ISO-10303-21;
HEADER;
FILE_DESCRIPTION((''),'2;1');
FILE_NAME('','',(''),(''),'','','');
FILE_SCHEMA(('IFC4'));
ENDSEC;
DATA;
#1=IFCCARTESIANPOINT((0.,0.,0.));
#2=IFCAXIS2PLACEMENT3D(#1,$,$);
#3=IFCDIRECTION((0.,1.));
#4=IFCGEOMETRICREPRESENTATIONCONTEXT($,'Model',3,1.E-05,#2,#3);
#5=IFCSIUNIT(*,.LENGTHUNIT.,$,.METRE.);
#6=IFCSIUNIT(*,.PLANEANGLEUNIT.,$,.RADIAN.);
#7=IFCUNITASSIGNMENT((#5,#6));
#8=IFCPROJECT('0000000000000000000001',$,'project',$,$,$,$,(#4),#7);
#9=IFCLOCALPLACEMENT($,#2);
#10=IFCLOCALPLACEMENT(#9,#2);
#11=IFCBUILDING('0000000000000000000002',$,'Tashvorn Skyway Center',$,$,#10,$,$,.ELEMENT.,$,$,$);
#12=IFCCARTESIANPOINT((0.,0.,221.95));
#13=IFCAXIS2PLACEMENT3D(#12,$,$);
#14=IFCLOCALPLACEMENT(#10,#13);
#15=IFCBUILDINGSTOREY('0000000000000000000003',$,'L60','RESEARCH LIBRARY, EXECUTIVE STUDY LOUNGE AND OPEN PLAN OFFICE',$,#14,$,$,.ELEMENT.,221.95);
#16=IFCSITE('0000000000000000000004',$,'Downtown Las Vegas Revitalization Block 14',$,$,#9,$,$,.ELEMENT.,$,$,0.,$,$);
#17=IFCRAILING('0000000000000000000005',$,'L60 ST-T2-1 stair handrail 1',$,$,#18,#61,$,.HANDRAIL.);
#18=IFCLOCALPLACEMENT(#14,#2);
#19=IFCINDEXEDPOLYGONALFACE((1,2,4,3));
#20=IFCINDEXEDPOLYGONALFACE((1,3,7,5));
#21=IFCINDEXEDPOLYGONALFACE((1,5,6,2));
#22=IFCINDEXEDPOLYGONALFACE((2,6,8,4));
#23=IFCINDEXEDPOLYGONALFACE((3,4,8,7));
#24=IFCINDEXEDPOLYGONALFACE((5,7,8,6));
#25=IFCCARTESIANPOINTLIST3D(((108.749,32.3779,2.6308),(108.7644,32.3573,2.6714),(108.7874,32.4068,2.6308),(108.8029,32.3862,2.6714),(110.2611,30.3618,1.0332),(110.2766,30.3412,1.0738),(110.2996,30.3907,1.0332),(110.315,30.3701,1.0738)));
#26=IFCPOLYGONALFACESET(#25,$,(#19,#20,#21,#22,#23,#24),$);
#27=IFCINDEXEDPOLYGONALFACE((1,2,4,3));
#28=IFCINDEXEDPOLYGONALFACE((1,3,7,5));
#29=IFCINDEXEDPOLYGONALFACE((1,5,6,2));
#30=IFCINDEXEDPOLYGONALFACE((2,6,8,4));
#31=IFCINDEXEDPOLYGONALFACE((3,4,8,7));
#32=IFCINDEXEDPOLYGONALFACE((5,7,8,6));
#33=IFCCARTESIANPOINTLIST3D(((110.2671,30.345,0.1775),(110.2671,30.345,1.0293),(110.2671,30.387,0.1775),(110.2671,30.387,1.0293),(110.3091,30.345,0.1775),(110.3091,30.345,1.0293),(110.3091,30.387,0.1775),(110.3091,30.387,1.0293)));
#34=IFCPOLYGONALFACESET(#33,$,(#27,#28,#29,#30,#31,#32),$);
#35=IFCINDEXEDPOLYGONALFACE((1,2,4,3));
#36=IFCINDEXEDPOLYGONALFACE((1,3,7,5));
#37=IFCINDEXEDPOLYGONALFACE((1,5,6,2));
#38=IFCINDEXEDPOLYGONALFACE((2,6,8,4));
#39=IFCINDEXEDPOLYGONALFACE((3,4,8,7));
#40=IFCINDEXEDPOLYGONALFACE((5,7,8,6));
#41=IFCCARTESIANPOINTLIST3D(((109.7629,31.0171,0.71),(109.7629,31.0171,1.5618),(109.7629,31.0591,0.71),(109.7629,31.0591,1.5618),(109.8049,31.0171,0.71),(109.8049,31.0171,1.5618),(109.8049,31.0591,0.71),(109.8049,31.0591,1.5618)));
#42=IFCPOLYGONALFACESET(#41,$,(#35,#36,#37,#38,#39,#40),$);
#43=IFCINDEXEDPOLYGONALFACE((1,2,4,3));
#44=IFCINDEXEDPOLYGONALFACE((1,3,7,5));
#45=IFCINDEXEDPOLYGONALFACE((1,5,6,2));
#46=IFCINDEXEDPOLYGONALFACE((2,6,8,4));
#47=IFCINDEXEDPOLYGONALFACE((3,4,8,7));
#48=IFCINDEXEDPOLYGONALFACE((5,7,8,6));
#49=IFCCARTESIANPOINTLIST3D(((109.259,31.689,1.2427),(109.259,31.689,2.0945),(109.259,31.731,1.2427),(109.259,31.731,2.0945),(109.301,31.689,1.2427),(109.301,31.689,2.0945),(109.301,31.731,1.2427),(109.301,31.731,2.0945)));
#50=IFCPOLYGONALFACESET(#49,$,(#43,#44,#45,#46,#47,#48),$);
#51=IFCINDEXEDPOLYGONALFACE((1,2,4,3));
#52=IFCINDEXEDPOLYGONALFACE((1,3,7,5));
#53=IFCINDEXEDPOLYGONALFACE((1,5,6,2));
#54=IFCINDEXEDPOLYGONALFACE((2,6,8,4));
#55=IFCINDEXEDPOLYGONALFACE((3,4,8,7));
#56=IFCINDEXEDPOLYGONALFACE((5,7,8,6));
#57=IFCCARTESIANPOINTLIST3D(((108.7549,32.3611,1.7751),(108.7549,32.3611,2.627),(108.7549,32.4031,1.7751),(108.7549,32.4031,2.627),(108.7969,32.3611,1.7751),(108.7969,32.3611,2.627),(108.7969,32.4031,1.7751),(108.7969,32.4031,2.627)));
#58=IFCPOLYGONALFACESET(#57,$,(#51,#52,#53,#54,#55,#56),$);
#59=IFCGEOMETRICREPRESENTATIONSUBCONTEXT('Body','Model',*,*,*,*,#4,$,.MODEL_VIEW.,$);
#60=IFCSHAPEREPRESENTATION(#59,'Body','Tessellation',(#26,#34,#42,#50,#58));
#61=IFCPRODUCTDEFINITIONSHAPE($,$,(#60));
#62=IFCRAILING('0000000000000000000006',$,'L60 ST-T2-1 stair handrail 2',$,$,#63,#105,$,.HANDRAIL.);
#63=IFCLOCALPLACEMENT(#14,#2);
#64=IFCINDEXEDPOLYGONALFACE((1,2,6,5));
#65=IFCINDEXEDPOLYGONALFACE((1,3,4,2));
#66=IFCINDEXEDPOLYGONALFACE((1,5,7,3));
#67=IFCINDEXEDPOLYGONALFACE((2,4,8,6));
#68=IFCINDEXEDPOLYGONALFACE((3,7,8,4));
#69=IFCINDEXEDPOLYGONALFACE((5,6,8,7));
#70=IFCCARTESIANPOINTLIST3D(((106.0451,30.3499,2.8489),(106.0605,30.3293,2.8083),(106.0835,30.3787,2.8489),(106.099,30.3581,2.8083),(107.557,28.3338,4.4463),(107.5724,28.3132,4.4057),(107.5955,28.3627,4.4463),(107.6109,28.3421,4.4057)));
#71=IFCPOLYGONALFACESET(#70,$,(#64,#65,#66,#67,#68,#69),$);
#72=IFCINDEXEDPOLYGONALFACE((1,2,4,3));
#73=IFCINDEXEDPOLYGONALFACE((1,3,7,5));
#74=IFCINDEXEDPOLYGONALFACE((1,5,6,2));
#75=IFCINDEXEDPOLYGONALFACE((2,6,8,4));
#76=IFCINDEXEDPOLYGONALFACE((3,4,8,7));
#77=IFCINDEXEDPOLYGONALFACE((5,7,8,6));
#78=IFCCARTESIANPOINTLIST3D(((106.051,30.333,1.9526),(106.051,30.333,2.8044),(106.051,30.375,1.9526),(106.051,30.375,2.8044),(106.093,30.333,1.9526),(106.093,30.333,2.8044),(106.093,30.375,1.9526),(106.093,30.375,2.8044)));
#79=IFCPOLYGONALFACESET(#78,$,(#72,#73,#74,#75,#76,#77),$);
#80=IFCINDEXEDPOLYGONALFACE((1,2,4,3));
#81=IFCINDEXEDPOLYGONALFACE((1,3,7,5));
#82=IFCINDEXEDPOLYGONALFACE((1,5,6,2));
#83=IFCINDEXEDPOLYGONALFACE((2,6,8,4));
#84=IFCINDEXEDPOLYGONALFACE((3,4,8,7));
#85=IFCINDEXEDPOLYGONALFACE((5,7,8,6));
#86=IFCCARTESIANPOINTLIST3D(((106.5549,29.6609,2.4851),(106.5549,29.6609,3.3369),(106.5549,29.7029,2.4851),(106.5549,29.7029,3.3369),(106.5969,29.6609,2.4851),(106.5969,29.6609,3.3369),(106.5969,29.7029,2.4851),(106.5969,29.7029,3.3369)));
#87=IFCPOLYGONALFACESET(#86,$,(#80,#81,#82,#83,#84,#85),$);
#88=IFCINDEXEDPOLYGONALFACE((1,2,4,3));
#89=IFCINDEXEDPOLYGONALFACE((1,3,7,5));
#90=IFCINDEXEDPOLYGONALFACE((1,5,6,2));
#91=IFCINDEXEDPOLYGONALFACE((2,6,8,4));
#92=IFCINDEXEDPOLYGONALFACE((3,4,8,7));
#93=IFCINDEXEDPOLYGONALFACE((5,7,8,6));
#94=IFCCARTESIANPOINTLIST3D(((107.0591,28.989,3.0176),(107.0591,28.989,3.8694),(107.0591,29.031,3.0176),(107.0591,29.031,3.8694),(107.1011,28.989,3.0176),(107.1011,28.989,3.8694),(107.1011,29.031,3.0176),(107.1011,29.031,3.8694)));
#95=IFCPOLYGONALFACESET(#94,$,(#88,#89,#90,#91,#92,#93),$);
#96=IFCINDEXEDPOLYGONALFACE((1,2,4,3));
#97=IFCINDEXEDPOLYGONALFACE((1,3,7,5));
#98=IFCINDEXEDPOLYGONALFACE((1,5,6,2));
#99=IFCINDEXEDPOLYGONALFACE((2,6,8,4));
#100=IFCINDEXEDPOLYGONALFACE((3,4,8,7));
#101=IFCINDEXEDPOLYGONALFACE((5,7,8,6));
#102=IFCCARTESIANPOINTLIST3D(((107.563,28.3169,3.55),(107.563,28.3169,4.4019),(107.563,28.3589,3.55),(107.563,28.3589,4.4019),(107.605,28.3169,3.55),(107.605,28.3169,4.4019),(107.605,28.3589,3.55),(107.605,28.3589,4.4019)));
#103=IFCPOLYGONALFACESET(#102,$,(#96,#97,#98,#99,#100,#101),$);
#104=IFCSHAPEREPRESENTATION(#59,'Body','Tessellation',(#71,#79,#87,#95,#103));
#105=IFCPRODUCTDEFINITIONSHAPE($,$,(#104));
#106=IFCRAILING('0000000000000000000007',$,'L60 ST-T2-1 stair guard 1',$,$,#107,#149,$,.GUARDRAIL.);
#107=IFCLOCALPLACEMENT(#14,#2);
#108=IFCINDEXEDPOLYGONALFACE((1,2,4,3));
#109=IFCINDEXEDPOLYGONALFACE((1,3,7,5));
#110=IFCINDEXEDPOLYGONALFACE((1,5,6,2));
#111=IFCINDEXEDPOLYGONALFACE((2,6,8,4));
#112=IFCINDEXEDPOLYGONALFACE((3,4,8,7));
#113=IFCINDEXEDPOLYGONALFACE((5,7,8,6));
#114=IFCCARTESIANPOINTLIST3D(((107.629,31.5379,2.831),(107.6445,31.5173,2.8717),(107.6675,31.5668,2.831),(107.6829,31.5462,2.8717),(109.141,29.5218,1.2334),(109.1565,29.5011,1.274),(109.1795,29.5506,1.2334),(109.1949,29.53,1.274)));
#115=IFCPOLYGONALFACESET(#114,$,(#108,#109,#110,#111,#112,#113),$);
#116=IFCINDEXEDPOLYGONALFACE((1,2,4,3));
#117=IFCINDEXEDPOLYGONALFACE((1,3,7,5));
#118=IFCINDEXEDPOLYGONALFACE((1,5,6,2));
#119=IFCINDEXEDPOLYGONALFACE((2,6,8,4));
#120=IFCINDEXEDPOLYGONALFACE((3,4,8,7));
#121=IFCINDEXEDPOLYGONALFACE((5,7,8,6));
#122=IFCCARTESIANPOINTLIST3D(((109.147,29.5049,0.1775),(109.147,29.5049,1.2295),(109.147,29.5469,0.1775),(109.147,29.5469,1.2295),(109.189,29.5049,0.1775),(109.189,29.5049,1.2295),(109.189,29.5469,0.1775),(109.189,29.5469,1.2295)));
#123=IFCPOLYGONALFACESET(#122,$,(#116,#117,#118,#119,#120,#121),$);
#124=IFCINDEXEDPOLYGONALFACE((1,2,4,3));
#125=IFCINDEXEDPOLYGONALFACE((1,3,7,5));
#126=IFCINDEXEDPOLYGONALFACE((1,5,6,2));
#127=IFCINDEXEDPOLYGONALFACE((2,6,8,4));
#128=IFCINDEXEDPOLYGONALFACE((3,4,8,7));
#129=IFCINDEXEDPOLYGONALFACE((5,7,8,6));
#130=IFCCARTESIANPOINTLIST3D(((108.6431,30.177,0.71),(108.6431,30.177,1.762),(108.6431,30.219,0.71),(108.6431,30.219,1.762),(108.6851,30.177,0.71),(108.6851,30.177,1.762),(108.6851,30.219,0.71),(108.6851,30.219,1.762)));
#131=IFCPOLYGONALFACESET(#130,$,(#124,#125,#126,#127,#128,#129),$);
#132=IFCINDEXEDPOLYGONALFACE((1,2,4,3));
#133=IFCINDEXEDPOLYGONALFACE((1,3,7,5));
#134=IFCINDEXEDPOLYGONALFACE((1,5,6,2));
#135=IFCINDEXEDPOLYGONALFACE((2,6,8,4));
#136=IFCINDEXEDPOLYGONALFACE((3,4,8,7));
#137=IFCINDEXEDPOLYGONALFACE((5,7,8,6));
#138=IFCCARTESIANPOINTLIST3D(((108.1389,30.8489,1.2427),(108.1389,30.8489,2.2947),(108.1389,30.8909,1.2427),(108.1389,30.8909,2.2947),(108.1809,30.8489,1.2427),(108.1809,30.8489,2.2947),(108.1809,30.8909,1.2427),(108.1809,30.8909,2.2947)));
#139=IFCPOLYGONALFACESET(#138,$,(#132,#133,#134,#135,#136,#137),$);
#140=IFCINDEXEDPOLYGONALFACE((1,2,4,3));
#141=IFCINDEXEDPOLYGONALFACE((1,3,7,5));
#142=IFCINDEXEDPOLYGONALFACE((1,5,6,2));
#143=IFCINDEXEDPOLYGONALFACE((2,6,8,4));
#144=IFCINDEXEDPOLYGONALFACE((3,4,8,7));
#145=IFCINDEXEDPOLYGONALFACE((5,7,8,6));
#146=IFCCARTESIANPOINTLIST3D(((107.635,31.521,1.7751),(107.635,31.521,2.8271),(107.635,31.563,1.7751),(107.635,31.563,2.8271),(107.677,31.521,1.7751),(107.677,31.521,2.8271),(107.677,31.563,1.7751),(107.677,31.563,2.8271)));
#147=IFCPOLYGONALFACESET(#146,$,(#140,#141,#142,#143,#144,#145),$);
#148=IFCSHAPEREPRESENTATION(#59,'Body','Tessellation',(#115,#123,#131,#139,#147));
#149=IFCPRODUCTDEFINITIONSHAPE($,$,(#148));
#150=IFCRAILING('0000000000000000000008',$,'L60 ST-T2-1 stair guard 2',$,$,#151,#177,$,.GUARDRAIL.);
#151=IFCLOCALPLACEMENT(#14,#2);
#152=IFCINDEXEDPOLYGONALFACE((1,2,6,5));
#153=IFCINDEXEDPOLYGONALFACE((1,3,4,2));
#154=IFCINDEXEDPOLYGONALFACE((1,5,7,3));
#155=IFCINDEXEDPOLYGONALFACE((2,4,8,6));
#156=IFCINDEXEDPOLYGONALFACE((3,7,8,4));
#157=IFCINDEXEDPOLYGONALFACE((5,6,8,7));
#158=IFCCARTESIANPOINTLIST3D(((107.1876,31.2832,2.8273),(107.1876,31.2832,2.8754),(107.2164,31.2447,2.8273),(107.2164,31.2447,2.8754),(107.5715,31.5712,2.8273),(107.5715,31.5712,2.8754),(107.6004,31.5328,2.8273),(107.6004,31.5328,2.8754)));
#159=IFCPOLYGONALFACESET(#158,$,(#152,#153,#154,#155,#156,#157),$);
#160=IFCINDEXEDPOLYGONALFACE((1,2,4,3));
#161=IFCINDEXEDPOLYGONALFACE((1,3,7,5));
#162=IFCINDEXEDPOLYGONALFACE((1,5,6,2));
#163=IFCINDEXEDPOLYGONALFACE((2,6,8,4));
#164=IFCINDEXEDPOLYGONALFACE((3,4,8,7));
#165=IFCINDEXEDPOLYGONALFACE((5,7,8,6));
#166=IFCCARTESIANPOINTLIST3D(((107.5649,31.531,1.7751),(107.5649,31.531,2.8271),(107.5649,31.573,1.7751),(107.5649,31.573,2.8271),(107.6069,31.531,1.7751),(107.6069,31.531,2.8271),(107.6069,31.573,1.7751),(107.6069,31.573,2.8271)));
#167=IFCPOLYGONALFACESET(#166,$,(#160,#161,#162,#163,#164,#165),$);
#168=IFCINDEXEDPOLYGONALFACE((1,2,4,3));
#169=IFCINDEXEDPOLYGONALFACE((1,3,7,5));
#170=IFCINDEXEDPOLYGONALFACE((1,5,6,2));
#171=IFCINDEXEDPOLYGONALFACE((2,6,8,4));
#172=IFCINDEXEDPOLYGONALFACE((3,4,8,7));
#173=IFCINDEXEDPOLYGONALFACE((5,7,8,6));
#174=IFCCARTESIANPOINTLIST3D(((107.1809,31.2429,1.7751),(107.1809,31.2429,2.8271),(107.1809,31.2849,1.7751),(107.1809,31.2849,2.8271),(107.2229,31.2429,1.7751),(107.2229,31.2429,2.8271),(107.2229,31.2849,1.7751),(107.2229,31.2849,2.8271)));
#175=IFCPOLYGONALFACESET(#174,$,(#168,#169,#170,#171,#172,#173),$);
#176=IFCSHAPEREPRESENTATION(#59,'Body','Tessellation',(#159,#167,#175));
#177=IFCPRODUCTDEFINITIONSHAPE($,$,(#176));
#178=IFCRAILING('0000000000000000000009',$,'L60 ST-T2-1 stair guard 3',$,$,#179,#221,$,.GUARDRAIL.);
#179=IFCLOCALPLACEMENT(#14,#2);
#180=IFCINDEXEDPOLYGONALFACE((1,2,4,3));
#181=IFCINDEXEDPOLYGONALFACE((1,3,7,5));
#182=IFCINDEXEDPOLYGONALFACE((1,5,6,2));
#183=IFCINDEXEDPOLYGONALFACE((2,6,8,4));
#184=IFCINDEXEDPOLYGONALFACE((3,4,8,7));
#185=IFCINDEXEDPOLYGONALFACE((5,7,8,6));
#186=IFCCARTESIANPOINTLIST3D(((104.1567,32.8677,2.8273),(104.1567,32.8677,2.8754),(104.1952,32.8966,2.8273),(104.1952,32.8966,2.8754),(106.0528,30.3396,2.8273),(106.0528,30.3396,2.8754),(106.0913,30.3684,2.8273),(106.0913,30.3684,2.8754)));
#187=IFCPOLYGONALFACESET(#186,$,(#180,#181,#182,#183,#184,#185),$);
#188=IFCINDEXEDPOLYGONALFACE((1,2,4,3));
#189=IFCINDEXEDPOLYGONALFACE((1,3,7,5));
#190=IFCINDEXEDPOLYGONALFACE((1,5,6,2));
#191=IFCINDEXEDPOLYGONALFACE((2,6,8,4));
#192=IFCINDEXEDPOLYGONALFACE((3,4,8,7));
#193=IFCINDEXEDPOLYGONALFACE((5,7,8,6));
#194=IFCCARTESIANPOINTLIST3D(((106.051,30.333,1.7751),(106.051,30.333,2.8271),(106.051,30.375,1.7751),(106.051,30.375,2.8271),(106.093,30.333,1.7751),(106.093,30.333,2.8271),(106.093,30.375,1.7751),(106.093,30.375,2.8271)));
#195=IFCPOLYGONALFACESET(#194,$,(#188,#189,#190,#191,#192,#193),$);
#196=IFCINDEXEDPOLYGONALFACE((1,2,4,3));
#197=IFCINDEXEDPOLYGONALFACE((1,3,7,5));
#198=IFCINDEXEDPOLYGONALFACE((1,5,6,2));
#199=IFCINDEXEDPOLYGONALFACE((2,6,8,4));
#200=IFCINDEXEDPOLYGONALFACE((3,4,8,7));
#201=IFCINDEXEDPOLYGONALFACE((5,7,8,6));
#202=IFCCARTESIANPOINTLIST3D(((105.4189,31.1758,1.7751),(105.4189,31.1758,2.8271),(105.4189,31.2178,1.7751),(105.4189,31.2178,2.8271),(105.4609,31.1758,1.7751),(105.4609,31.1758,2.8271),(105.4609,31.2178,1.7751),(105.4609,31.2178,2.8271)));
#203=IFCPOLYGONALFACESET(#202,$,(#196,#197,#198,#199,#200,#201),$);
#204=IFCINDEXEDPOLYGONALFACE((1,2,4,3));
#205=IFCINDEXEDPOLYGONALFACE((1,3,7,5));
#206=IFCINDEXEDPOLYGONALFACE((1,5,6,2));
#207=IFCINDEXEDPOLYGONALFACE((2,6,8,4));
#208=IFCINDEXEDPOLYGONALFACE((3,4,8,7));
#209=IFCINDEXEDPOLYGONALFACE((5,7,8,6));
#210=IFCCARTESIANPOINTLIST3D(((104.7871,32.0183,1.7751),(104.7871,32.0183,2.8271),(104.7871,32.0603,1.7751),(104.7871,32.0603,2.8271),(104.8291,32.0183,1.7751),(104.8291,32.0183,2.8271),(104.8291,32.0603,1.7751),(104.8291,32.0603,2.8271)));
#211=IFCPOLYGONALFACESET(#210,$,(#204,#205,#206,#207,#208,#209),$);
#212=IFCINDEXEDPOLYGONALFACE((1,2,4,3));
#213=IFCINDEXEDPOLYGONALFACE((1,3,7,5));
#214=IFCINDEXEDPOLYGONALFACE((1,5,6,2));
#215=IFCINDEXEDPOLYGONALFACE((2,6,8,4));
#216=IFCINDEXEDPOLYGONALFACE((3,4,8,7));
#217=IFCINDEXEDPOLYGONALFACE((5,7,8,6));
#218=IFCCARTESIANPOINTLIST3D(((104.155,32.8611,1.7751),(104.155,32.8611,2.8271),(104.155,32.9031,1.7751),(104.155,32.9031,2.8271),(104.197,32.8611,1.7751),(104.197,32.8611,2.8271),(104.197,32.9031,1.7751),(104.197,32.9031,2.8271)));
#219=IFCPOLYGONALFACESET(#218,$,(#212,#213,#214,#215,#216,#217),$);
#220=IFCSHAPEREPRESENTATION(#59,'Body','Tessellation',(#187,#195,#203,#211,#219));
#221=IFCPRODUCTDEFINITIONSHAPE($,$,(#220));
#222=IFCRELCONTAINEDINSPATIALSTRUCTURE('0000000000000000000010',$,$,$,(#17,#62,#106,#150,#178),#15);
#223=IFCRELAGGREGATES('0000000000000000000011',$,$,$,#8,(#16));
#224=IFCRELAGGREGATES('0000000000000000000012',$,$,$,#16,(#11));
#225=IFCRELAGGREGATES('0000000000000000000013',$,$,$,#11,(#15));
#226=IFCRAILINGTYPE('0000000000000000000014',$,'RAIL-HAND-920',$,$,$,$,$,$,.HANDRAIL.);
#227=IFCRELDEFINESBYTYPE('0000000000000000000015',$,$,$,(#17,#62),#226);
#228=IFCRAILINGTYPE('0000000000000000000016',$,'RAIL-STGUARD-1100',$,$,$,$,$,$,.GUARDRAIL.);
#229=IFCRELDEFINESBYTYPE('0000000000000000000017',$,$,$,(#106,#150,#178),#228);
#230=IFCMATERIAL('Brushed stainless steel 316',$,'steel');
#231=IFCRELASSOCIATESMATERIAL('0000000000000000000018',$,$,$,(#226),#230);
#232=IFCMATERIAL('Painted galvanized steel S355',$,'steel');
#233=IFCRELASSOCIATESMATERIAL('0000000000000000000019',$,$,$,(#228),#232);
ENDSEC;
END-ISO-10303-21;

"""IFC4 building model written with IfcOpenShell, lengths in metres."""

from ifc_helpers import new_model, si_unit, direction, frame, origin, origin_2d, place, context, subcontext, project, spatial, rectangle, extrude, material, type_object, element, save


model = new_model("IFC4")

# Units and contexts
model_context = context("Model", 3, precision=1e-05, world=origin(), true_north=direction((0.0, 1.0)))
body_context = subcontext(model_context, "Body", "Model", "MODEL_VIEW")
ifc_project = project(units=[si_unit("LENGTHUNIT", "METRE"), si_unit("PLANEANGLEUNIT", "RADIAN")], contexts=[model_context])

# Site, building, storey
site_placement = place(None, origin())
site = spatial("IfcSite", under=ifc_project, at=site_placement, Name="Downtown Las Vegas Revitalization Block 14", CompositionType="ELEMENT", RefElevation=0.0)
building_placement = place(site_placement, origin())
building = spatial("IfcBuilding", under=site, at=building_placement, Name="Tashvorn Skyway Center", CompositionType="ELEMENT")
storey_placement = place(building_placement, frame((0.0, 0.0, 221.95)))
storey = spatial("IfcBuildingStorey", under=building, at=storey_placement, Name="L60", Description="RESEARCH LIBRARY, EXECUTIVE STUDY LOUNGE AND OPEN PLAN OFFICE", CompositionType="ELEMENT", Elevation=221.95)

# Railings
ifc_material_1 = material(Name="Brushed stainless steel 316", Category="steel")
railing_type_1 = type_object("IfcRailingType", Name="RAIL-HAND-920", PredefinedType="HANDRAIL", material=ifc_material_1)
railing_1_placement = place(storey_placement, frame((110.2881, 30.366, 0.1775)))
element("IfcRailing", 1, at=railing_1_placement, inside=storey, type_object=railing_type_1, Name="L60 ST-T2-1 stair handrail 1", PredefinedType="HANDRAIL", context=body_context, shape_type="SweptSolid", body=[
    extrude(rectangle(XDim=0.0481, YDim=0.0481, at=origin_2d()), frame((0.0, 0.0, 0.876), z_axis=(-0.506779, 0.675651, 0.535416), x_axis=(-0.799977, -0.600031, 0.0)), (0.0, 0.0, 1.0), 2.9839),
    extrude(rectangle(XDim=0.042, YDim=0.042, at=origin_2d()), origin(), (0.0, 0.0, 1.0), 0.8518),
    extrude(rectangle(XDim=0.042, YDim=0.042, at=origin_2d()), frame((-0.5042, 0.6721, 0.5325)), (0.0, 0.0, 1.0), 0.8518),
    extrude(rectangle(XDim=0.042, YDim=0.042, at=origin_2d()), frame((-1.0081, 1.344, 1.0652)), (0.0, 0.0, 1.0), 0.8518),
    extrude(rectangle(XDim=0.042, YDim=0.042, at=origin_2d()), frame((-1.5122, 2.0161, 1.5977)), (0.0, 0.0, 1.0), 0.8518),
])
railing_2_placement = place(storey_placement, frame((106.072, 30.354, 1.9526)))
element("IfcRailing", 2, at=railing_2_placement, inside=storey, type_object=railing_type_1, Name="L60 ST-T2-1 stair handrail 2", PredefinedType="HANDRAIL", context=body_context, shape_type="SweptSolid", body=[
    extrude(rectangle(XDim=0.0481, YDim=0.0481, at=origin_2d()), frame((0.0, 0.0, 0.876), z_axis=(0.506741, -0.675709, 0.535379), x_axis=(0.800023, 0.599969, 0.0)), (0.0, 0.0, 1.0), 2.9836),
    extrude(rectangle(XDim=0.042, YDim=0.042, at=origin_2d()), origin(), (0.0, 0.0, 1.0), 0.8518),
    extrude(rectangle(XDim=0.042, YDim=0.042, at=origin_2d()), frame((0.5039, -0.6721, 0.5325)), (0.0, 0.0, 1.0), 0.8518),
    extrude(rectangle(XDim=0.042, YDim=0.042, at=origin_2d()), frame((1.0081, -1.344, 1.0649)), (0.0, 0.0, 1.0), 0.8518),
    extrude(rectangle(XDim=0.042, YDim=0.042, at=origin_2d()), frame((1.512, -2.0161, 1.5974)), (0.0, 0.0, 1.0), 0.8518),
])
ifc_material_2 = material(Name="Painted galvanized steel S355", Category="steel")
railing_type_2 = type_object("IfcRailingType", Name="RAIL-STGUARD-1100", PredefinedType="GUARDRAIL", material=ifc_material_2)
railing_3_placement = place(storey_placement, frame((109.168, 29.5259, 0.1775)))
element("IfcRailing", 3, at=railing_3_placement, inside=storey, type_object=railing_type_2, Name="L60 ST-T2-1 stair guard 1", PredefinedType="GUARDRAIL", context=body_context, shape_type="SweptSolid", body=[
    extrude(rectangle(XDim=0.0481, YDim=0.0481, at=origin_2d()), frame((0.0, 0.0, 1.0762), z_axis=(-0.506719, 0.675679, 0.535438), x_axis=(-0.800023, -0.599969, 0.0)), (0.0, 0.0, 1.0), 2.9839),
    extrude(rectangle(XDim=0.042, YDim=0.042, at=origin_2d()), origin(), (0.0, 0.0, 1.0), 1.052),
    extrude(rectangle(XDim=0.042, YDim=0.042, at=origin_2d()), frame((-0.5039, 0.6721, 0.5325)), (0.0, 0.0, 1.0), 1.052),
    extrude(rectangle(XDim=0.042, YDim=0.042, at=origin_2d()), frame((-1.0081, 1.344, 1.0652)), (0.0, 0.0, 1.0), 1.052),
    extrude(rectangle(XDim=0.042, YDim=0.042, at=origin_2d()), frame((-1.512, 2.0161, 1.5977)), (0.0, 0.0, 1.0), 1.052),
])
railing_4_placement = place(storey_placement, frame((107.5859, 31.552, 1.7751)))
element("IfcRailing", 4, at=railing_4_placement, inside=storey, type_object=railing_type_2, Name="L60 ST-T2-1 stair guard 2", PredefinedType="GUARDRAIL", context=body_context, shape_type="SweptSolid", body=[
    extrude(rectangle(XDim=0.0481, YDim=0.0481, at=origin_2d()), frame((0.0, 0.0, 1.0762), z_axis=(-0.799939, -0.600081, 0.0), x_axis=(0.600081, -0.799939, 0.0)), (0.0, 0.0, 1.0), 0.48),
    extrude(rectangle(XDim=0.042, YDim=0.042, at=origin_2d()), origin(), (0.0, 0.0, 1.0), 1.052),
    extrude(rectangle(XDim=0.042, YDim=0.042, at=origin_2d()), frame((-0.384, -0.2881, 0.0)), (0.0, 0.0, 1.0), 1.052),
])
railing_5_placement = place(storey_placement, frame((106.072, 30.354, 1.7751)))
element("IfcRailing", 5, at=railing_5_placement, inside=storey, type_object=railing_type_2, Name="L60 ST-T2-1 stair guard 3", PredefinedType="GUARDRAIL", context=body_context, shape_type="SweptSolid", body=[
    extrude(rectangle(XDim=0.0481, YDim=0.0481, at=origin_2d()), frame((0.0, 0.0, 1.0762), z_axis=(-0.599988, 0.800009, 0.0), x_axis=(-0.800009, -0.599988, 0.0)), (0.0, 0.0, 1.0), 3.1602),
    extrude(rectangle(XDim=0.042, YDim=0.042, at=origin_2d()), origin(), (0.0, 0.0, 1.0), 1.052),
    extrude(rectangle(XDim=0.042, YDim=0.042, at=origin_2d()), frame((-0.6321, 0.8428, 0.0)), (0.0, 0.0, 1.0), 1.052),
    extrude(rectangle(XDim=0.042, YDim=0.042, at=origin_2d()), frame((-1.2639, 1.6853, 0.0)), (0.0, 0.0, 1.0), 1.052),
    extrude(rectangle(XDim=0.042, YDim=0.042, at=origin_2d()), frame((-1.896, 2.5281, 0.0)), (0.0, 0.0, 1.0), 1.052),
])

save(model, "model.ifc")
